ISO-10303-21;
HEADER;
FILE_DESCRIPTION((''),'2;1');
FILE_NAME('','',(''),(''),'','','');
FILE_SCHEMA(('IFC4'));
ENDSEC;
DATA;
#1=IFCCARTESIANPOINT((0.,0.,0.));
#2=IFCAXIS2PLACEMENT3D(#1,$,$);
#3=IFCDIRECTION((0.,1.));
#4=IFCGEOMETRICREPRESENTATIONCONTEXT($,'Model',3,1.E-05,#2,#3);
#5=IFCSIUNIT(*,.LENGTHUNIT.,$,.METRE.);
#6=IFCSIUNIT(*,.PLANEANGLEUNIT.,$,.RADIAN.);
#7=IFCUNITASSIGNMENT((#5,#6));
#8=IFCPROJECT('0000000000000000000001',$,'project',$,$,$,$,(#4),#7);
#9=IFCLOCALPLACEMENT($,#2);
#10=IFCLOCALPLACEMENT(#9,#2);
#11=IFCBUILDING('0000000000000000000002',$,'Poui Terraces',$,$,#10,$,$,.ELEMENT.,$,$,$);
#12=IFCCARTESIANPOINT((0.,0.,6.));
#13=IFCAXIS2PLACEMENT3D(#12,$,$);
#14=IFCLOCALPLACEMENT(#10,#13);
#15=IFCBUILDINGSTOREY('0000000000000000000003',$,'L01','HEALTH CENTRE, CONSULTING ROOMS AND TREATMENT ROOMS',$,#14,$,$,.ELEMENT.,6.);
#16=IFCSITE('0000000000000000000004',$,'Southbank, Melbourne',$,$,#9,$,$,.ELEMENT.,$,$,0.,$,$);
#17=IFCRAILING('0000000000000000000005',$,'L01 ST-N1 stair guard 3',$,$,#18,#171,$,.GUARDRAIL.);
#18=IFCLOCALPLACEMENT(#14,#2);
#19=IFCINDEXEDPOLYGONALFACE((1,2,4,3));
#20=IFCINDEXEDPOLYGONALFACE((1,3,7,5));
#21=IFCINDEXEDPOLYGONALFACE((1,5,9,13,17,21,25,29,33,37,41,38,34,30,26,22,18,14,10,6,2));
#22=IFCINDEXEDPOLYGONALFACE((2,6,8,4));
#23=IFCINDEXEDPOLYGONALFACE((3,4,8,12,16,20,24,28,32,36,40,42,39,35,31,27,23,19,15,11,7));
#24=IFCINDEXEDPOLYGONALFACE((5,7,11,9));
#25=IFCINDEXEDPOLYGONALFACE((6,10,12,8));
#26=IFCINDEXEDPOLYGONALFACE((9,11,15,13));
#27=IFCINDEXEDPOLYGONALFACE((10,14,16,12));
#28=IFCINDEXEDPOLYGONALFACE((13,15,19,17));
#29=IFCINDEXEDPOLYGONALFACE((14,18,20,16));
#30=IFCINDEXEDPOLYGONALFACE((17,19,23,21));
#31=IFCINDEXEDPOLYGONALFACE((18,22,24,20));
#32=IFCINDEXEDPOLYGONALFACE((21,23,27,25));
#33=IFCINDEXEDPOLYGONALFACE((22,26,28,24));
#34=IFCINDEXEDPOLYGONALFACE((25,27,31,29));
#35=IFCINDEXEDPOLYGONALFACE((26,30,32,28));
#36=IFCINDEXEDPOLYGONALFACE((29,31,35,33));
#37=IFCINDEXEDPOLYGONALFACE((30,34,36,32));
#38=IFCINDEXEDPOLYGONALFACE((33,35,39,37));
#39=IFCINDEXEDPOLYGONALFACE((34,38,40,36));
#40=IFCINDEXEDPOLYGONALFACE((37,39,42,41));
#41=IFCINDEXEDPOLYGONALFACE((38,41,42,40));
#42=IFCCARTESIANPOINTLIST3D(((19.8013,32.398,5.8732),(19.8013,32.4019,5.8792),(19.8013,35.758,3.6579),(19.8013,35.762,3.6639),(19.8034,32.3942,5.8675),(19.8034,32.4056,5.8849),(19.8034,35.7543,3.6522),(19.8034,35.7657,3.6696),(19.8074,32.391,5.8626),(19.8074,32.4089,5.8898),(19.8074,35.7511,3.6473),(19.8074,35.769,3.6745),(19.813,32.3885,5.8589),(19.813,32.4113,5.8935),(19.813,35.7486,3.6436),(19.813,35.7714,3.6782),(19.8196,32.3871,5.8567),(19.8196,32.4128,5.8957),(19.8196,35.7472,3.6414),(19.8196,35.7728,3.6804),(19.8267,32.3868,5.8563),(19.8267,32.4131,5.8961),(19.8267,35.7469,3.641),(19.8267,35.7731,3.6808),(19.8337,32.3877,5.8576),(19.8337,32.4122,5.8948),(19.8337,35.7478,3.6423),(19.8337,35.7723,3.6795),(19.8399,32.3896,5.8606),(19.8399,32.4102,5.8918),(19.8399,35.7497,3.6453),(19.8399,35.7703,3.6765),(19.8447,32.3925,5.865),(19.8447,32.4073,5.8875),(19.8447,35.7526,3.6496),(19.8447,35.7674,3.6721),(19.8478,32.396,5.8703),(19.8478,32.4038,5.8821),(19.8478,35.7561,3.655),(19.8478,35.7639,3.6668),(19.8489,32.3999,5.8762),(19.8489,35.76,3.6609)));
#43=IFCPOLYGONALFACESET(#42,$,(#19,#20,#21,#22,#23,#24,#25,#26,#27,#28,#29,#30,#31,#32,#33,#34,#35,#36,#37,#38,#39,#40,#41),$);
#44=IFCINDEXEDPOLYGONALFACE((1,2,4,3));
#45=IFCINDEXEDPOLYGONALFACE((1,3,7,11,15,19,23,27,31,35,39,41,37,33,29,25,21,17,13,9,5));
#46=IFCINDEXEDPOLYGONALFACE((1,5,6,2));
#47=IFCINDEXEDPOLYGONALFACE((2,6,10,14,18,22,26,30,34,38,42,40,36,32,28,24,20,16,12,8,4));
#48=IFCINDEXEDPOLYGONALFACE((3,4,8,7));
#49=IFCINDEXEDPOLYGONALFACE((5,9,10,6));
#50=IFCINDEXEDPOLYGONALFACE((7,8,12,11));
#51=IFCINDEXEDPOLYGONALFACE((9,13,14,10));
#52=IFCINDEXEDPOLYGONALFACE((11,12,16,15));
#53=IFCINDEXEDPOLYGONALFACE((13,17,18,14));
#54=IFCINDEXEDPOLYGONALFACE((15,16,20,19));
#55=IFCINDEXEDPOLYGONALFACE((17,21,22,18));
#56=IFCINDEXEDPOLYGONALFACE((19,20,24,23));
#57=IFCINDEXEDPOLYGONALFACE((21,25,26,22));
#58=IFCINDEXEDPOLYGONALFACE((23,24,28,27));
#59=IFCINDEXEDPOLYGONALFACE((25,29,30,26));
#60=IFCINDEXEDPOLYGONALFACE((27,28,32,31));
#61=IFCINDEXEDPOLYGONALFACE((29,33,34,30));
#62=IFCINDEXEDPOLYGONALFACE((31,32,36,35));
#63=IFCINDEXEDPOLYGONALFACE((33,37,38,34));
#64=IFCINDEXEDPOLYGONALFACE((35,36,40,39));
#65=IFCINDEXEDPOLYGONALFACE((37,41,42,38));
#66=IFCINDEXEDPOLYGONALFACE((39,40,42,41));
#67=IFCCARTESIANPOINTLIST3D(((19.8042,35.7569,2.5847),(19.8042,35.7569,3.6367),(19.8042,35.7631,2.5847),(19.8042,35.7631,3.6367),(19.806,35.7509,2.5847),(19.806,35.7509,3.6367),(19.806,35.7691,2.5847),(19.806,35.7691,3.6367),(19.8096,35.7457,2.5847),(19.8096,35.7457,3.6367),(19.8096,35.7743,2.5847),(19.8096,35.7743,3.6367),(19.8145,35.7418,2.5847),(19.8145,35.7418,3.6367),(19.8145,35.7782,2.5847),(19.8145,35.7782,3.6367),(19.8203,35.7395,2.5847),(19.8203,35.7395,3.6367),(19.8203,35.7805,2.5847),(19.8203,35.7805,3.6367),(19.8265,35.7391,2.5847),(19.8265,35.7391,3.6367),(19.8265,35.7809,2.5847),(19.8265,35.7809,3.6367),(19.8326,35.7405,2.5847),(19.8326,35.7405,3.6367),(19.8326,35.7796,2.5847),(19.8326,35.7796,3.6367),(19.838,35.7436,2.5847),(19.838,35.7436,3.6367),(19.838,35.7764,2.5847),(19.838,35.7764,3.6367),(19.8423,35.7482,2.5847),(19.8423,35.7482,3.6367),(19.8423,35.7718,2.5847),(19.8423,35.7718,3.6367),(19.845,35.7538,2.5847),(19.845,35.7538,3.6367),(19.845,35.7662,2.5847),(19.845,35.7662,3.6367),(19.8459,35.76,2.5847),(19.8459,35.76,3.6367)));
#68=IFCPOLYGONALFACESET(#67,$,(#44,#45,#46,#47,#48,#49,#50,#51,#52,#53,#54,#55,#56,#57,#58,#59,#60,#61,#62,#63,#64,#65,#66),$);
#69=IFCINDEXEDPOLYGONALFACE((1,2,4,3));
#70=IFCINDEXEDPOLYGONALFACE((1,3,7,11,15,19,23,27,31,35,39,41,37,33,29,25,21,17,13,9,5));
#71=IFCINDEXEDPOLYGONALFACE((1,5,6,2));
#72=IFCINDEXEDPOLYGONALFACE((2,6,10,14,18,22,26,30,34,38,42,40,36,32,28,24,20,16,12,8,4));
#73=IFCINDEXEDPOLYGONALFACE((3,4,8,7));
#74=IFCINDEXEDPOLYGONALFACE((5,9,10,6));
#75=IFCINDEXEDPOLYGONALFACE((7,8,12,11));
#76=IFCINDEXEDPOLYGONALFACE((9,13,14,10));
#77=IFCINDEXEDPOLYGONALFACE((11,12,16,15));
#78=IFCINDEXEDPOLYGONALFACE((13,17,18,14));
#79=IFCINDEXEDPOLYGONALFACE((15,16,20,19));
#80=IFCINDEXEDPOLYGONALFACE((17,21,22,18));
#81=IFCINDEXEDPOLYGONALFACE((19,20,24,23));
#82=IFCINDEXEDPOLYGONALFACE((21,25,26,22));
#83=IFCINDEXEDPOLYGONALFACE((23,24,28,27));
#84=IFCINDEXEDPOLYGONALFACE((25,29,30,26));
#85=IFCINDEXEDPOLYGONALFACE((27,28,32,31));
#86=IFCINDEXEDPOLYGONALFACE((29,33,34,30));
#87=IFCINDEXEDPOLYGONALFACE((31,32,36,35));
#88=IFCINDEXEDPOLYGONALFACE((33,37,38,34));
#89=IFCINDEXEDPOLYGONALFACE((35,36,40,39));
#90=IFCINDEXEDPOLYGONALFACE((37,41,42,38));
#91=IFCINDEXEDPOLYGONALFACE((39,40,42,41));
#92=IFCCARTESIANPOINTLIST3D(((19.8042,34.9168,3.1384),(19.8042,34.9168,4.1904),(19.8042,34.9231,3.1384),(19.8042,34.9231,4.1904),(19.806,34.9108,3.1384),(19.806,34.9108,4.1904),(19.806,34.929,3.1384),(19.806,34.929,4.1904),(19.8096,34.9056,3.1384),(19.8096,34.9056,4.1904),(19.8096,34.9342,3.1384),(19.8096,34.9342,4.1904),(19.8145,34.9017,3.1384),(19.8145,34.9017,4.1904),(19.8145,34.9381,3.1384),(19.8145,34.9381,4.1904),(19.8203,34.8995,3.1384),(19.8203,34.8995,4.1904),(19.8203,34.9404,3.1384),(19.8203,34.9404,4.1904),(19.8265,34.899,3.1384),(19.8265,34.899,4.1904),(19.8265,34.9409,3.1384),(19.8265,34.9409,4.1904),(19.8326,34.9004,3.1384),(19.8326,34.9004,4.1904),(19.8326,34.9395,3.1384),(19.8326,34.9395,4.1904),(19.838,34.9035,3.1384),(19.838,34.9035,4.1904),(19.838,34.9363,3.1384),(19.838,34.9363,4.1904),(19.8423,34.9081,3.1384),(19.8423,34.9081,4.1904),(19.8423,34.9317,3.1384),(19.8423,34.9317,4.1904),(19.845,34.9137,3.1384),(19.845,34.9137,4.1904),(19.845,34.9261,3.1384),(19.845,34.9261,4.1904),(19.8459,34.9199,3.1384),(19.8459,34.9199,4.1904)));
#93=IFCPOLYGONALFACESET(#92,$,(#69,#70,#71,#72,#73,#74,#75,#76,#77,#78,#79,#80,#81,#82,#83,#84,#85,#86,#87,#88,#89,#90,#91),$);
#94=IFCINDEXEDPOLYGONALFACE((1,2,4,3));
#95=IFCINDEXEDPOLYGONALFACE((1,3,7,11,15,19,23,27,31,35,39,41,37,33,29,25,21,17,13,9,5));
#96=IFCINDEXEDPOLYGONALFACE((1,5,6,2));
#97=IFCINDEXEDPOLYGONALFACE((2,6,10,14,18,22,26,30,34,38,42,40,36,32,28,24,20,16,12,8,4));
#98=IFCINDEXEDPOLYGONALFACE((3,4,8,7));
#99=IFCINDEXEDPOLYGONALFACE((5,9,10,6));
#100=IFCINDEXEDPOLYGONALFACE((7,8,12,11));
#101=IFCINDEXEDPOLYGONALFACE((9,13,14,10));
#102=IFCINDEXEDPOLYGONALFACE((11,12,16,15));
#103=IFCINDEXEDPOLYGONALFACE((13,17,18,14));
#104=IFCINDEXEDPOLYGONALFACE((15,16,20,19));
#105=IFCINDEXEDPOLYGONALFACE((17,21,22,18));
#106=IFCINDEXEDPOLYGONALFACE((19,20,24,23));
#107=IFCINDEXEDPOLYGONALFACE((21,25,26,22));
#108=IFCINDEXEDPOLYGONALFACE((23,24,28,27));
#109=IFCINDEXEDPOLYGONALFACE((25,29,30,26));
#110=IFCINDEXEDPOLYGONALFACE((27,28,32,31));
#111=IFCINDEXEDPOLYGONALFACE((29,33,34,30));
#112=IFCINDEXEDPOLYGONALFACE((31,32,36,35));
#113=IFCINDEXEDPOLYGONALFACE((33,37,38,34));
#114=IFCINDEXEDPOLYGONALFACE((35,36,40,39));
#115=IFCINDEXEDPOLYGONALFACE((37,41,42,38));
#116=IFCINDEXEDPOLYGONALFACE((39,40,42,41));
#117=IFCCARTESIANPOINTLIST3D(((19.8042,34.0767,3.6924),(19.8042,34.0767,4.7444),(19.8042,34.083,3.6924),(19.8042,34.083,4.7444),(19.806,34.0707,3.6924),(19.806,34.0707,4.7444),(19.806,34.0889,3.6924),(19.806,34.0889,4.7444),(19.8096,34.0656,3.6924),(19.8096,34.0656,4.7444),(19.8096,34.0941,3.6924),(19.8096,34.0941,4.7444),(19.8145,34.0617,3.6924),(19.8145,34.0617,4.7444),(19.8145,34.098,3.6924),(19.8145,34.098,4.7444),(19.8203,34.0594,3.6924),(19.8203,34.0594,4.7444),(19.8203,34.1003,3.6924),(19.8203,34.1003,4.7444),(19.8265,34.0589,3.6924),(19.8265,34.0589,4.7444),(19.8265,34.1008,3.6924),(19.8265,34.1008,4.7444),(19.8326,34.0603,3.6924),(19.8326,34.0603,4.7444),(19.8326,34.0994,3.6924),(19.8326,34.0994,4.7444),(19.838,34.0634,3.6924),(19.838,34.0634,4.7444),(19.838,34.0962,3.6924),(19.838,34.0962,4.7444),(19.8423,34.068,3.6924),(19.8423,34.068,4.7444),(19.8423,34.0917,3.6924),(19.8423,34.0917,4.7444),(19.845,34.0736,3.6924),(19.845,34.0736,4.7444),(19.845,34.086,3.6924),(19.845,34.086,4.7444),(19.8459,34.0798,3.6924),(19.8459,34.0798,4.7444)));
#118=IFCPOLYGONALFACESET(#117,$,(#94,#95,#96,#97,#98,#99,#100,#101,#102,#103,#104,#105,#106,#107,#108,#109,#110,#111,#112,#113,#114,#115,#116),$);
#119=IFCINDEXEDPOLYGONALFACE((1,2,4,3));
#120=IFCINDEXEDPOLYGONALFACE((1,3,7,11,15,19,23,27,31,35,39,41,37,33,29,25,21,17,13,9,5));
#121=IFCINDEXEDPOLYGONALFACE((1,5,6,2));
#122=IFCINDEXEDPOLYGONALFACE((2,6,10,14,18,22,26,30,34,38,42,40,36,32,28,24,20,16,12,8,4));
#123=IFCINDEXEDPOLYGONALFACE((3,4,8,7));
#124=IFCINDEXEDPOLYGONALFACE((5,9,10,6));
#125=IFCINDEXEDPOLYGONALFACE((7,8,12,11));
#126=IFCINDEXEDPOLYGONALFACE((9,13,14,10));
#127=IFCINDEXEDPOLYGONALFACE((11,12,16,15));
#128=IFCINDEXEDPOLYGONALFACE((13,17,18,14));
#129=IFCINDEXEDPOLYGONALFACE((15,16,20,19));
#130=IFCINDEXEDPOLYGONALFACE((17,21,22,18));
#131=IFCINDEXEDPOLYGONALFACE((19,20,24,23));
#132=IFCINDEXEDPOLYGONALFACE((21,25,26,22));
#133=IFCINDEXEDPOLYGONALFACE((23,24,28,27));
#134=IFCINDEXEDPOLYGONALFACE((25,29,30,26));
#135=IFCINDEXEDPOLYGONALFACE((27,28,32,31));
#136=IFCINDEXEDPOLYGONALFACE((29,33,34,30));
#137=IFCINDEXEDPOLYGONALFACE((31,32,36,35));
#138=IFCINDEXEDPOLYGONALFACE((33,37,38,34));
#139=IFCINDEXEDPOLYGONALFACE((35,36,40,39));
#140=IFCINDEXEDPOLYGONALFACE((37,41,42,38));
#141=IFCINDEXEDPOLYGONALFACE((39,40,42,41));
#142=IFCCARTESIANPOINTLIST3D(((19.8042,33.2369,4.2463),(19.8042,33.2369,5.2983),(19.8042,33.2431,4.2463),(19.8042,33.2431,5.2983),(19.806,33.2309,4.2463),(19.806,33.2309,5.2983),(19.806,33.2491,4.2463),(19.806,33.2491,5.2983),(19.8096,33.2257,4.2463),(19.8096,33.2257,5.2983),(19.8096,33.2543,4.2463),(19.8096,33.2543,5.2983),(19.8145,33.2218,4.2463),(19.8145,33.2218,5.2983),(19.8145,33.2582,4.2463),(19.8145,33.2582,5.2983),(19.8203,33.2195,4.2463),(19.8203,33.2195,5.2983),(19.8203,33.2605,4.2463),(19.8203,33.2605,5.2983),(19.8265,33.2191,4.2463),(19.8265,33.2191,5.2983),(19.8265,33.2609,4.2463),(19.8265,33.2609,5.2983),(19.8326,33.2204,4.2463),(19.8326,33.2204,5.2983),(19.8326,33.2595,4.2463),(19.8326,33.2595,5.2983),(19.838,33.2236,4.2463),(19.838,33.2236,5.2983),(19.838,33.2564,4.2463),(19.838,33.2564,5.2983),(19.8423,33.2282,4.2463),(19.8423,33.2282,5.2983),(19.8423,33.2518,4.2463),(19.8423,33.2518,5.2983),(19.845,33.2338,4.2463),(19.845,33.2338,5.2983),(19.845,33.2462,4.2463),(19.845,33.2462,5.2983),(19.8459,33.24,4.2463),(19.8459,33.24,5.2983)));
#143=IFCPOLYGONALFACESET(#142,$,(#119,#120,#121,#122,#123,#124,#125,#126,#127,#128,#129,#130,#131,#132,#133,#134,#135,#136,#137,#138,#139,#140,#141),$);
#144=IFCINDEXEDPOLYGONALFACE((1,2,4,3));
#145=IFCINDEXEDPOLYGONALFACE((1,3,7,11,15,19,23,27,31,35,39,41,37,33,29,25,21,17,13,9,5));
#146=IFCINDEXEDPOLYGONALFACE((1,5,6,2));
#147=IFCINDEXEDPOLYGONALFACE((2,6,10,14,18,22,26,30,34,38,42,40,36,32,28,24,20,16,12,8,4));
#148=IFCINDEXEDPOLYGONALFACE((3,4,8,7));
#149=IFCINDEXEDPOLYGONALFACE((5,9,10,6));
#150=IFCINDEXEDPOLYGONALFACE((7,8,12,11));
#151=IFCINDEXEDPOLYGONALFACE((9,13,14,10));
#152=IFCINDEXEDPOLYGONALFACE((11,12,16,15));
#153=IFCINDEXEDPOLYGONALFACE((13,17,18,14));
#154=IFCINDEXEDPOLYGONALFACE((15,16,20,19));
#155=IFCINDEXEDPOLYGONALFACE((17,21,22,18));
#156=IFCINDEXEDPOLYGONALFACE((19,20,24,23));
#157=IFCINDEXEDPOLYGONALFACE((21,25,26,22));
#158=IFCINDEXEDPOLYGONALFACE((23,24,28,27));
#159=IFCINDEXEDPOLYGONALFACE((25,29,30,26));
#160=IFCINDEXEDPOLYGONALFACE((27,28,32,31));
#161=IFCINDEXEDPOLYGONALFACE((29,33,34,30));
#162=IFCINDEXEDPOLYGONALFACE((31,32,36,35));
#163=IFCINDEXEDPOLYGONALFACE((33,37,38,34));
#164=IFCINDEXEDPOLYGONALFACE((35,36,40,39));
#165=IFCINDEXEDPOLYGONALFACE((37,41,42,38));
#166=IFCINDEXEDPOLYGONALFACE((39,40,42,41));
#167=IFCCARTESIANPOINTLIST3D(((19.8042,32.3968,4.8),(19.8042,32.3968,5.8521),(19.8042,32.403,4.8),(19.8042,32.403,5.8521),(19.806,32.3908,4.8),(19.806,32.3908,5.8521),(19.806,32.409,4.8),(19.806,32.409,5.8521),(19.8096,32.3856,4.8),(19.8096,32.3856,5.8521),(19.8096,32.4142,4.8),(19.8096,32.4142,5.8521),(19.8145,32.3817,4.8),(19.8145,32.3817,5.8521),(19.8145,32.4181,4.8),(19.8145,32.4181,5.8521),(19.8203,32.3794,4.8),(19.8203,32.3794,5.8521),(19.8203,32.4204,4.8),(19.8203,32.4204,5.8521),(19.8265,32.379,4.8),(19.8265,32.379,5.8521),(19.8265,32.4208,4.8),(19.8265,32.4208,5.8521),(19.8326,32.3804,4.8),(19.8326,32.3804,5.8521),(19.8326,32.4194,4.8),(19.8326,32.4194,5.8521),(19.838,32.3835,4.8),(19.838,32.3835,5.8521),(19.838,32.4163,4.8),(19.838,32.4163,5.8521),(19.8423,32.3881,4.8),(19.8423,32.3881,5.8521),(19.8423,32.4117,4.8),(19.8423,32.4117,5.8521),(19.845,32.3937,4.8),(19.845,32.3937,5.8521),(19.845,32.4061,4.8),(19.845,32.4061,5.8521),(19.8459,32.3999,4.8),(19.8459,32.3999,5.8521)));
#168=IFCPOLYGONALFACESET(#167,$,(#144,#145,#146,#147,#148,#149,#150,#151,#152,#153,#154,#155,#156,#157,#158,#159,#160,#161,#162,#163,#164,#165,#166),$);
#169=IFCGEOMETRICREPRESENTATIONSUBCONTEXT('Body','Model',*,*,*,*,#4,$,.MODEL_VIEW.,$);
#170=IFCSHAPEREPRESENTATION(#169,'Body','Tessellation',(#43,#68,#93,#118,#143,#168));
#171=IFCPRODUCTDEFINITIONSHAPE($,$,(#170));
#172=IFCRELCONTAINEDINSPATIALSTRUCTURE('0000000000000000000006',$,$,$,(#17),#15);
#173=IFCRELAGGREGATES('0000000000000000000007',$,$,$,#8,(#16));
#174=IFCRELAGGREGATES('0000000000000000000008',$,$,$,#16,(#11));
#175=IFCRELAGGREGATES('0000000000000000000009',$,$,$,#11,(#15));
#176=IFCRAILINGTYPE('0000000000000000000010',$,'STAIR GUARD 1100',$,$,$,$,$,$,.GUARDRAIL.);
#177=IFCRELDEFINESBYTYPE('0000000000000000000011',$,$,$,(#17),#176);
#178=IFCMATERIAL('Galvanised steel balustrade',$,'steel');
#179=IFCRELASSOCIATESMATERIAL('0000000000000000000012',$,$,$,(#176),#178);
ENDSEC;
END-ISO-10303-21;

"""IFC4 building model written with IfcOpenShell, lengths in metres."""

from ifc_helpers import new_model, si_unit, direction, frame, origin, origin_2d, place, context, subcontext, project, spatial, circle, extrude, material, type_object, element, save


model = new_model("IFC4")

# Units and contexts
model_context = context("Model", 3, precision=1e-05, world=origin(), true_north=direction((0.0, 1.0)))
body_context = subcontext(model_context, "Body", "Model", "MODEL_VIEW")
ifc_project = project(units=[si_unit("LENGTHUNIT", "METRE"), si_unit("PLANEANGLEUNIT", "RADIAN")], contexts=[model_context])

# Site, building, storey
site_placement = place(None, origin())
site = spatial("IfcSite", under=ifc_project, at=site_placement, Name="Southbank, Melbourne", CompositionType="ELEMENT", RefElevation=0.0)
building_placement = place(site_placement, origin())
building = spatial("IfcBuilding", under=site, at=building_placement, Name="Poui Terraces", CompositionType="ELEMENT")
storey_placement = place(building_placement, frame((0.0, 0.0, 6.0)))
storey = spatial("IfcBuildingStorey", under=building, at=storey_placement, Name="L01", Description="HEALTH CENTRE, CONSULTING ROOMS AND TREATMENT ROOMS", CompositionType="ELEMENT", Elevation=6.0)

# Railing
ifc_material_1 = material(Name="Galvanised steel balustrade", Category="steel")
railing_type_1 = type_object("IfcRailingType", Name="STAIR GUARD 1100", PredefinedType="GUARDRAIL", material=ifc_material_1)
railing_1_placement = place(storey_placement, frame((19.825, 35.76, 2.5847)))
element("IfcRailing", 1, at=railing_1_placement, inside=storey, type_object=railing_type_1, Name="L01 ST-N1 stair guard 3", PredefinedType="GUARDRAIL", context=body_context, shape_type="SweptSolid", body=[
    extrude(circle(Radius=0.0239, at=origin_2d()), frame((0.0, 0.0, 1.0762), z_axis=(0.0, -0.834876, 0.550437), x_axis=(1.0, 0.0, 0.0)), (0.0, 0.0, 1.0), 4.0247),
    extrude(circle(Radius=0.021, at=origin_2d()), origin(), (0.0, 0.0, 1.0), 1.052),
    extrude(circle(Radius=0.021, at=origin_2d()), frame((0.0, -0.8401, 0.5537)), (0.0, 0.0, 1.0), 1.052),
    extrude(circle(Radius=0.021, at=origin_2d()), frame((0.0, -1.6802, 1.1077)), (0.0, 0.0, 1.0), 1.052),
    extrude(circle(Radius=0.021, at=origin_2d()), frame((0.0, -2.52, 1.6616)), (0.0, 0.0, 1.0), 1.052),
    extrude(circle(Radius=0.021, at=origin_2d()), frame((0.0, -3.3601, 2.2153)), (0.0, 0.0, 1.0), 1.052),
])

save(model, "model.ifc")
